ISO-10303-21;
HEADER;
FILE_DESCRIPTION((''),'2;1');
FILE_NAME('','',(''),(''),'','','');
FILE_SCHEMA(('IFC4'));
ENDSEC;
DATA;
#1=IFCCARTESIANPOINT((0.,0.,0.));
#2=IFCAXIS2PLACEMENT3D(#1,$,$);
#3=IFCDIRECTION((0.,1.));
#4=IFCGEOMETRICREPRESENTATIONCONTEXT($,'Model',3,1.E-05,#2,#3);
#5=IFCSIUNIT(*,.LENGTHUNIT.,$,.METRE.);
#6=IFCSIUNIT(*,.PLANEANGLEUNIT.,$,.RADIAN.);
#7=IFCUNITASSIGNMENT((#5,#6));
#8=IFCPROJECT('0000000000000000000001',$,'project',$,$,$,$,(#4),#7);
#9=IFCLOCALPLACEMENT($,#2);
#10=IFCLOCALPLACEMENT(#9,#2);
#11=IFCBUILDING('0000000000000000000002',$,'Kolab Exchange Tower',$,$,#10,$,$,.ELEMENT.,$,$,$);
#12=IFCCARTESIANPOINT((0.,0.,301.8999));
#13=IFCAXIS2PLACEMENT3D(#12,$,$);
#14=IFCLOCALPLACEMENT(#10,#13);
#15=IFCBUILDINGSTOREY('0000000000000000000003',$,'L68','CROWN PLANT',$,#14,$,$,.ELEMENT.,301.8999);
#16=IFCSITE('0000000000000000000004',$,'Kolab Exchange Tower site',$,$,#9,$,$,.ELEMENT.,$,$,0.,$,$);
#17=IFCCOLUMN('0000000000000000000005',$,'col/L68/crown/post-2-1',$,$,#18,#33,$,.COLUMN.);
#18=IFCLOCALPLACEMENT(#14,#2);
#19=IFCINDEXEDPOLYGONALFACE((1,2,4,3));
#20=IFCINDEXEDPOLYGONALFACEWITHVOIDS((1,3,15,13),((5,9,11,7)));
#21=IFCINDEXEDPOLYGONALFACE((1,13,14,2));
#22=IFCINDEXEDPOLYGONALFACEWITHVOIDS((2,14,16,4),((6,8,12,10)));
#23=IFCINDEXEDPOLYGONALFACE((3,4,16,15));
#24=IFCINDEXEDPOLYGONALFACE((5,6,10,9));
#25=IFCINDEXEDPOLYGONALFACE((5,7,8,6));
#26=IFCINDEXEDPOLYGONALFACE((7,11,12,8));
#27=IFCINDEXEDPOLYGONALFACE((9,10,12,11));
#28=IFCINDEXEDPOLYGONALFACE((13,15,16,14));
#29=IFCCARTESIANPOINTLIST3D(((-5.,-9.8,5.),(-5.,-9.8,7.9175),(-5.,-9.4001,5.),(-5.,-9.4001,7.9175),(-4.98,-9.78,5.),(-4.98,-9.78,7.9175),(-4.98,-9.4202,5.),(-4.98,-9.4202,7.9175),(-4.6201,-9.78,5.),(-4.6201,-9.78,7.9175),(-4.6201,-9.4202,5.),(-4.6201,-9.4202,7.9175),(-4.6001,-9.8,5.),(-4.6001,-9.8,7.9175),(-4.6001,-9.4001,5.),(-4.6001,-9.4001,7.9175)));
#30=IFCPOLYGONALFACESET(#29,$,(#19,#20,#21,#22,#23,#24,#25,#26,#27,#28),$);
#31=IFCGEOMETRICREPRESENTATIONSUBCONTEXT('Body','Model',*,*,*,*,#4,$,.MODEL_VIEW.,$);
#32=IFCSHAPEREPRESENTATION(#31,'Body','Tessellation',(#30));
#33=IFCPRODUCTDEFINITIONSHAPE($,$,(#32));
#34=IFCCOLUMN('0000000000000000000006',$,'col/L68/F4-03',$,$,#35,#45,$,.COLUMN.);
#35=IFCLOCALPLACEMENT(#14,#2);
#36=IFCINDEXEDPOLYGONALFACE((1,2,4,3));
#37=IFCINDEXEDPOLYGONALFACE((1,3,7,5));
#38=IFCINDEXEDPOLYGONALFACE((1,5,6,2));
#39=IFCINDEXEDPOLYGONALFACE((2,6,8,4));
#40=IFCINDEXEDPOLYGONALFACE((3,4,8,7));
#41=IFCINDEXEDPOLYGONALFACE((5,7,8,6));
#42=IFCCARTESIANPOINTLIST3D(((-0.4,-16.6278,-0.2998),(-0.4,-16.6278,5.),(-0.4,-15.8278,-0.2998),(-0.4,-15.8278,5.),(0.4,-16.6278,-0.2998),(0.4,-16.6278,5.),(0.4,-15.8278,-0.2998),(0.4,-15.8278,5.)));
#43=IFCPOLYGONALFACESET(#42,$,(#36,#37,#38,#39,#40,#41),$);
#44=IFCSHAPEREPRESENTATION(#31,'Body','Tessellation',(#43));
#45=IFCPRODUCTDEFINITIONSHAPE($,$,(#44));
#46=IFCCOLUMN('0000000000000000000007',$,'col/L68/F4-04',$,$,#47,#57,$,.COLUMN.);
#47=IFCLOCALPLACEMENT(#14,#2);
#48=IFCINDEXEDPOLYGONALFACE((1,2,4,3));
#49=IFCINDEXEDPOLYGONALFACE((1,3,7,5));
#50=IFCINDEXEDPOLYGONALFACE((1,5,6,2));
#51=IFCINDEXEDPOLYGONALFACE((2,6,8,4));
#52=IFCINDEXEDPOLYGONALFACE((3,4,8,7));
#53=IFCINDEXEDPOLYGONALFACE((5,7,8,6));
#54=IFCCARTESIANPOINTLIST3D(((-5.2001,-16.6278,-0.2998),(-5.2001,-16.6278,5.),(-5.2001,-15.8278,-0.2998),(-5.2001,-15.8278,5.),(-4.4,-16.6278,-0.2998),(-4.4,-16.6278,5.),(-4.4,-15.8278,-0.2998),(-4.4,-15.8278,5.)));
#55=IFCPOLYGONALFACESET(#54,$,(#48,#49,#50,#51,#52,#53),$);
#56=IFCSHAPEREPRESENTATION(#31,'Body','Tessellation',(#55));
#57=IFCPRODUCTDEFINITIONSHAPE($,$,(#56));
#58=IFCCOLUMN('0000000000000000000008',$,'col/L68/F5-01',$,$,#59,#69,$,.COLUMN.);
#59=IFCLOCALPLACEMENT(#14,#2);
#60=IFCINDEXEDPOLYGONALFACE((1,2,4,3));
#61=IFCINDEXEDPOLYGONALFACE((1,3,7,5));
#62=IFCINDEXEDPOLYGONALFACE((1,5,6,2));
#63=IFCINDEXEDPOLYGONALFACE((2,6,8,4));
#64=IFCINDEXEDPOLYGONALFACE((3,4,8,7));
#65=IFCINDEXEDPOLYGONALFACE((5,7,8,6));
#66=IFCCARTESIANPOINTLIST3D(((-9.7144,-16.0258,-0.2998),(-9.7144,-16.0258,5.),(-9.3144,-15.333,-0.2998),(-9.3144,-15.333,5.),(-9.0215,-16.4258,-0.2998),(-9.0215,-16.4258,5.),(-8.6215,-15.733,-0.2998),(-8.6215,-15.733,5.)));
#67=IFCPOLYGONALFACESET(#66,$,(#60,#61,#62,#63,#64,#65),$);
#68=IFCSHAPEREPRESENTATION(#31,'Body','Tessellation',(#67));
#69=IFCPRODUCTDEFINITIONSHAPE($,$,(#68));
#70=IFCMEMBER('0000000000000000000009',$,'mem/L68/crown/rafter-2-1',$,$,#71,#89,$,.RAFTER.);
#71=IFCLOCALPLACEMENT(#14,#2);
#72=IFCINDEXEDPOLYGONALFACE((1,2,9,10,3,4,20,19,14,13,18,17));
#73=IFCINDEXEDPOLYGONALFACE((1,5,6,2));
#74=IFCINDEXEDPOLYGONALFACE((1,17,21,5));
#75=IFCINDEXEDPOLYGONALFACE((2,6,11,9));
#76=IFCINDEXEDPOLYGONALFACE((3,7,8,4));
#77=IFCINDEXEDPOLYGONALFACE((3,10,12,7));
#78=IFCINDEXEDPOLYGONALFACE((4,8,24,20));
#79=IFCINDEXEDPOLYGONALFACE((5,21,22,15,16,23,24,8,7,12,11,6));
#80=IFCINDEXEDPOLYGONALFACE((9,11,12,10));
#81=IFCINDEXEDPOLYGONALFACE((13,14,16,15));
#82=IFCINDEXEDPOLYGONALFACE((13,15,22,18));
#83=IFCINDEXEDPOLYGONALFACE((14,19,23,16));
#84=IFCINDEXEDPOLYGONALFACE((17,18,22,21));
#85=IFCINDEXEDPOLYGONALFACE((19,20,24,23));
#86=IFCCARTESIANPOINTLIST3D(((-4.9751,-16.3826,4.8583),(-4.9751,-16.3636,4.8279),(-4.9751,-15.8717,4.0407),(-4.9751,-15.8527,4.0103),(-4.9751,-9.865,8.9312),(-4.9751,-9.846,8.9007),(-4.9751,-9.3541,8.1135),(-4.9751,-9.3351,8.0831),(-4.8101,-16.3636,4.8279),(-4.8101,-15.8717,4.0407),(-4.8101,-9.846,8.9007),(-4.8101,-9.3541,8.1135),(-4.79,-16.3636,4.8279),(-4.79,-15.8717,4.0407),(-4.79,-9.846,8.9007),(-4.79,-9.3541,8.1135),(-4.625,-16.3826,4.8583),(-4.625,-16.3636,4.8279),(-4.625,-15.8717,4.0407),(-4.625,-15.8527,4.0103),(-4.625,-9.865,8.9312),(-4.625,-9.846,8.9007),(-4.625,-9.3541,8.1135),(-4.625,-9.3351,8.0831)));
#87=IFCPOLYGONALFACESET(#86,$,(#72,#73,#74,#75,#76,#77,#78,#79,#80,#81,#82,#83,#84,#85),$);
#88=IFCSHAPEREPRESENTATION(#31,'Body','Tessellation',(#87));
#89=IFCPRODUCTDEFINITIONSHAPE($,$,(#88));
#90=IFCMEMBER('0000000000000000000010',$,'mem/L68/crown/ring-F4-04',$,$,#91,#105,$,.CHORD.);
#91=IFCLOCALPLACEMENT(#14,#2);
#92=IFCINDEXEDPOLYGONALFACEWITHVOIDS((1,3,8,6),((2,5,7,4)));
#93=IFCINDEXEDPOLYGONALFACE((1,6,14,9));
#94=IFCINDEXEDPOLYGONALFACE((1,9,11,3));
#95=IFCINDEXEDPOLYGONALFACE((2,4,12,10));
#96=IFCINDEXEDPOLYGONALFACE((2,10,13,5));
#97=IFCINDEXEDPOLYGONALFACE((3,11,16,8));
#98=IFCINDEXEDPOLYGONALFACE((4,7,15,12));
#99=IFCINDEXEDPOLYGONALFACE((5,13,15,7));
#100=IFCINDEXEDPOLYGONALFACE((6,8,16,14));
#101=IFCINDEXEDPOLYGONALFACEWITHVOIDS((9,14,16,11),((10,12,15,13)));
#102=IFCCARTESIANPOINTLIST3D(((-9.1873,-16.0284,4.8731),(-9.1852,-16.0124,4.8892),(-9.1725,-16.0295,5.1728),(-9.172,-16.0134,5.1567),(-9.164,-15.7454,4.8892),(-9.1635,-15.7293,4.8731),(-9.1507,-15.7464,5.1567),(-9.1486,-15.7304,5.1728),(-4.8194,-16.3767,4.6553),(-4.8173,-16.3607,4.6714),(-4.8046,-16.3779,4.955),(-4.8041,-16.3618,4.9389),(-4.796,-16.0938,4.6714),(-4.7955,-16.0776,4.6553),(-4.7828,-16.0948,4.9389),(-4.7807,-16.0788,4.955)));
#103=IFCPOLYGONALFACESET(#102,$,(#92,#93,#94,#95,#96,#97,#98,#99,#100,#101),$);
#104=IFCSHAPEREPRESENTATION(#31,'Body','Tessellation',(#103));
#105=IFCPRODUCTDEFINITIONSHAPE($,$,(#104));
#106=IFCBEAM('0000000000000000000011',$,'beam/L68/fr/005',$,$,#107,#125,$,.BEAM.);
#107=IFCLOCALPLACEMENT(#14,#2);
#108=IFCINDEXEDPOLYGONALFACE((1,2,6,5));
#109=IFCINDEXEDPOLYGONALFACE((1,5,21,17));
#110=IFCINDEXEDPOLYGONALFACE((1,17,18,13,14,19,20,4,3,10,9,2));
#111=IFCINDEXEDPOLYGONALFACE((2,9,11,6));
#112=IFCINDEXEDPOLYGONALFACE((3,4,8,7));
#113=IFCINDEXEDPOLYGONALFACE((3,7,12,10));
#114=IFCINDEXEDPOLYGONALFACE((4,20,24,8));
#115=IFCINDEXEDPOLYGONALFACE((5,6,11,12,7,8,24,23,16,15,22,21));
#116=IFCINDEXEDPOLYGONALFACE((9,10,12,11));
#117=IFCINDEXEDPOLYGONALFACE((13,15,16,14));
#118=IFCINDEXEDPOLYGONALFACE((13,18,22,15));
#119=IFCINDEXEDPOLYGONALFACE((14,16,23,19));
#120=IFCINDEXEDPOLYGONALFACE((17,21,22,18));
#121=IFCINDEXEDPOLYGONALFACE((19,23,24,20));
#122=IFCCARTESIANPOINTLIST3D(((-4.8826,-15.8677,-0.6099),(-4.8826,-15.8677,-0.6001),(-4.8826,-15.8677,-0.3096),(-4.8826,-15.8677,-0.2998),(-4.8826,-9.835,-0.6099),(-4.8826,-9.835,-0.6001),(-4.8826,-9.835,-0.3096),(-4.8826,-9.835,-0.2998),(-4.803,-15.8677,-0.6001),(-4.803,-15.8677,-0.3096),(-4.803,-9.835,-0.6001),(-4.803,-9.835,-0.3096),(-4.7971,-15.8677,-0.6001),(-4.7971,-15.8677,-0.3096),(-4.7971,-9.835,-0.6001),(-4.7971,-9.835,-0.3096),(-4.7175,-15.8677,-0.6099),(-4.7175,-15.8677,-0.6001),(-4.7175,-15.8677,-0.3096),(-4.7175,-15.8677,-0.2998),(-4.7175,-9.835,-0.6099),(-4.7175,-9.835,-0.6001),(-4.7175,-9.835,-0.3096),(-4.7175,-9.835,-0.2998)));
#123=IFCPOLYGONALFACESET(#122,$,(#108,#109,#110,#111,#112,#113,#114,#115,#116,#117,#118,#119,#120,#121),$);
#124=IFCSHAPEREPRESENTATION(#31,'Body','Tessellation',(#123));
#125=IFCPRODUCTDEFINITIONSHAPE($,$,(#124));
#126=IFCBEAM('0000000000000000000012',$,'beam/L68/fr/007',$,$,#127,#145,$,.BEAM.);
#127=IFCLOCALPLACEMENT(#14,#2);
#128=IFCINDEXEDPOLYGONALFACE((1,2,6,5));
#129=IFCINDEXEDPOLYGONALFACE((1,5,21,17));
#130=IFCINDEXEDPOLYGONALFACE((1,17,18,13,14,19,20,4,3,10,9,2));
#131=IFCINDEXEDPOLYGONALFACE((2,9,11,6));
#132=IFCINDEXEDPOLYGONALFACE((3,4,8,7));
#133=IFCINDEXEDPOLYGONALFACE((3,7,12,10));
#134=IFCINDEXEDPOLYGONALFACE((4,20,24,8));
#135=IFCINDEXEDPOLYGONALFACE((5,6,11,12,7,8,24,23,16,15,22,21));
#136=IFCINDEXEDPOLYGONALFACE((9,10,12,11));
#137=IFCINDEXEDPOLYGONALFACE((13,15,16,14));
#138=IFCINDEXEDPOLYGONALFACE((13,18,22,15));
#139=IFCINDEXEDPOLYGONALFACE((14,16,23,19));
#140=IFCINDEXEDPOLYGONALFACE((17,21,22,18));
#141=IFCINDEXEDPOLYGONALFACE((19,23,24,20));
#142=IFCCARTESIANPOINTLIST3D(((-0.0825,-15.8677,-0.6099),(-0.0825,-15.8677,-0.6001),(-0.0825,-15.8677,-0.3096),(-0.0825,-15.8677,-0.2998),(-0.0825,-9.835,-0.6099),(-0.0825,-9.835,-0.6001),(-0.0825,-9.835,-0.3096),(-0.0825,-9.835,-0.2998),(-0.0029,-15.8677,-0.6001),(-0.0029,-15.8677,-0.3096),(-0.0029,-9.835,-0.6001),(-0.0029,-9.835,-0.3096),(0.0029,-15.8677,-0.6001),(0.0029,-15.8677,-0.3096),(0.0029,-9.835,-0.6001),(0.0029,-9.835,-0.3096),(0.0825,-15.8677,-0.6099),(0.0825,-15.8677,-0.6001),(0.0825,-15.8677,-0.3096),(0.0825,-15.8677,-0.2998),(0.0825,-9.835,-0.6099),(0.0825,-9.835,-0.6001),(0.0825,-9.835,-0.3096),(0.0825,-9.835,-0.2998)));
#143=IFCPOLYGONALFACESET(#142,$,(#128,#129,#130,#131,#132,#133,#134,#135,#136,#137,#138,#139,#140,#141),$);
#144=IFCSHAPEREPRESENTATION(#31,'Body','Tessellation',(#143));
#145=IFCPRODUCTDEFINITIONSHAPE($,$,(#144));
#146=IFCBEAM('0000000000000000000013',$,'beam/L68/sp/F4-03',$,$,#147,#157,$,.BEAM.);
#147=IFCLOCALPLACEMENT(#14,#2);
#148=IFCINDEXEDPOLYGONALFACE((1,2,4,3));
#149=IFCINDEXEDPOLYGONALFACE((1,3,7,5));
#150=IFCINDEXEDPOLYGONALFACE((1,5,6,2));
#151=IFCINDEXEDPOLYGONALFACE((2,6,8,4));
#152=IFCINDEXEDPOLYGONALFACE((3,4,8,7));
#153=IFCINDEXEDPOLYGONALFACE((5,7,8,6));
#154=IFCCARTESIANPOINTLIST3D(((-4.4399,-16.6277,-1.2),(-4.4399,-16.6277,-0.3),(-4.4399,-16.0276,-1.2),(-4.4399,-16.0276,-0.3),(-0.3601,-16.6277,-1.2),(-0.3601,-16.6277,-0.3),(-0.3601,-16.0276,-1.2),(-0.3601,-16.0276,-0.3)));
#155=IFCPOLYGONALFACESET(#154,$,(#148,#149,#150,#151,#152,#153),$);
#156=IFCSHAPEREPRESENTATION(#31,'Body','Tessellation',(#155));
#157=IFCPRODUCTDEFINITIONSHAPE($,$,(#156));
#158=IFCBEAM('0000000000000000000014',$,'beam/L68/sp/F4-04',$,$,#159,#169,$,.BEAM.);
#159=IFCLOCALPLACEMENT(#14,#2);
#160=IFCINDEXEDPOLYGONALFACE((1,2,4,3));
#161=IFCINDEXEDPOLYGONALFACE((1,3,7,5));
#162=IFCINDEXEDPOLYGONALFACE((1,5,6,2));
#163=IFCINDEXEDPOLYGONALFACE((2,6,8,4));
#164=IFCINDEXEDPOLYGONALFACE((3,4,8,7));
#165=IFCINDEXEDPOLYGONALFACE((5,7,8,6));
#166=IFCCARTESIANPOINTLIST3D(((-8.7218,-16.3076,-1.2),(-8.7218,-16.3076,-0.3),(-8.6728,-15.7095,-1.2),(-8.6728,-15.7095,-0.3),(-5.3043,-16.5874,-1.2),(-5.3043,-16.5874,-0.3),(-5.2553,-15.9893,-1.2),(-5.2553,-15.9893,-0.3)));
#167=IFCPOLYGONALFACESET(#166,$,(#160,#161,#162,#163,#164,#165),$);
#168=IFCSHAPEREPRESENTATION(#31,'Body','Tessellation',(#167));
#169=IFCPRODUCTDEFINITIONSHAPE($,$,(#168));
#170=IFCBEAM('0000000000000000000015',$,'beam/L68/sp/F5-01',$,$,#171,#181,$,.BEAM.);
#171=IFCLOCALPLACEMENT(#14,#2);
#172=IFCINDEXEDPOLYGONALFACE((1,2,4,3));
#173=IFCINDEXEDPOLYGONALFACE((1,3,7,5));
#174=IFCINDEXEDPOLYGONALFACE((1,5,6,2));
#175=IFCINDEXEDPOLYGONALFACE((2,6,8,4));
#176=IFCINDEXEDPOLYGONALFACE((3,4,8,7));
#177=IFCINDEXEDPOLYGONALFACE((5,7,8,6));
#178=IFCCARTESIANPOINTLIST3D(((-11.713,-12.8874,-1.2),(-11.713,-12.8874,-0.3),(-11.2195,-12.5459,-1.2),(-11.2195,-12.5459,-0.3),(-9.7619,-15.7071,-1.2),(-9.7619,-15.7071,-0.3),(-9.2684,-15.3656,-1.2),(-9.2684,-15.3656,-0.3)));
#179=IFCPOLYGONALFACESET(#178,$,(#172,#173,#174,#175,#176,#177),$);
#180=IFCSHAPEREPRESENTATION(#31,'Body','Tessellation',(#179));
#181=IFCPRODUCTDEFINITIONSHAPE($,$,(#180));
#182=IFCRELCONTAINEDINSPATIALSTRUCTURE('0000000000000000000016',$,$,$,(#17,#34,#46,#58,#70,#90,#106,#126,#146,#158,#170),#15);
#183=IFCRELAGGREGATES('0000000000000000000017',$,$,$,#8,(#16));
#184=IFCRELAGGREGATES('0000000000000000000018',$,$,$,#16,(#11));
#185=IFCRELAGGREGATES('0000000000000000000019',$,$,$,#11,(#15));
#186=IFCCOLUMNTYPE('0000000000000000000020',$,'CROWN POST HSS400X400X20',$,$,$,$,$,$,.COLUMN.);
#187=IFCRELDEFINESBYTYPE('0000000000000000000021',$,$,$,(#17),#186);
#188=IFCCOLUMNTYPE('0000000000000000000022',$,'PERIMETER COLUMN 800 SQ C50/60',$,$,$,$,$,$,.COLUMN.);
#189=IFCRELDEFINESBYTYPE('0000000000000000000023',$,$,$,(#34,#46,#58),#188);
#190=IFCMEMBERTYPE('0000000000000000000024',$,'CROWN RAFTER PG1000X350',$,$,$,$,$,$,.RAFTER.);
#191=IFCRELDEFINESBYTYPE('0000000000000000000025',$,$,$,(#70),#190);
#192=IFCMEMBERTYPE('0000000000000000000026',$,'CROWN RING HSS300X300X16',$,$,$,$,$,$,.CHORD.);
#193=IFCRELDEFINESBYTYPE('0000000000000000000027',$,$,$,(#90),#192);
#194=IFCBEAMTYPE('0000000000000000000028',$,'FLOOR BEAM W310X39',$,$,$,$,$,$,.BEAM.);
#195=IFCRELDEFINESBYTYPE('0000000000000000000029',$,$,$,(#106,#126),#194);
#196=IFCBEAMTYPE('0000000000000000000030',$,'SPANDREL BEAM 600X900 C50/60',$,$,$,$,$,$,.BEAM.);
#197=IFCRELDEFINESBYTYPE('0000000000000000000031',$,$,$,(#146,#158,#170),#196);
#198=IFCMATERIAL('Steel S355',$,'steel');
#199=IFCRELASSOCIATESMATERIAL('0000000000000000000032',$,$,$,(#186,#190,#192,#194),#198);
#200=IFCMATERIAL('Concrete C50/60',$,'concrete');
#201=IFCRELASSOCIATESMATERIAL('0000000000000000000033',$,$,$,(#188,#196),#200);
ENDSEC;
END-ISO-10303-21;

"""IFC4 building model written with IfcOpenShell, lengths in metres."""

from ifc_helpers import new_model, si_unit, direction, frame, origin, origin_2d, place, context, subcontext, project, spatial, rectangle, hollow_rectangle, i_section, extrude, material, material_profile, profile_set, type_object, element, save


model = new_model("IFC4")

# Units and contexts
model_context = context("Model", 3, precision=1e-05, world=origin(), true_north=direction((0.0, 1.0)))
body_context = subcontext(model_context, "Body", "Model", "MODEL_VIEW")
ifc_project = project(units=[si_unit("LENGTHUNIT", "METRE"), si_unit("PLANEANGLEUNIT", "RADIAN")], contexts=[model_context])

# Site, building, storey
site_placement = place(None, origin())
site = spatial("IfcSite", under=ifc_project, at=site_placement, Name="Kolab Exchange Tower site", CompositionType="ELEMENT", RefElevation=0.0)
building_placement = place(site_placement, origin())
building = spatial("IfcBuilding", under=site, at=building_placement, Name="Kolab Exchange Tower", CompositionType="ELEMENT")
storey_placement = place(building_placement, frame((0.0, 0.0, 301.8999)))
storey = spatial("IfcBuildingStorey", under=building, at=storey_placement, Name="L68", Description="CROWN PLANT", CompositionType="ELEMENT", Elevation=301.8999)

# Columns
ifc_material_1 = material(Name="Steel S355", Category="steel")
ifc_material_profile_1 = material_profile(ifc_material_1, hollow_rectangle(XDim=0.3999, YDim=0.3999, WallThickness=0.02, at=origin_2d()), Name="HSS400X400X20")
ifc_profile_set_1 = profile_set([ifc_material_profile_1], Name="Steel S355")
column_type_1 = type_object("IfcColumnType", Name="CROWN POST HSS400X400X20", PredefinedType="COLUMN", material=ifc_profile_set_1)
column_placement = place(storey_placement, frame((-4.8, -9.6001, 5.0), z_axis=(0.0, 0.0, 1.0), x_axis=(1.0, 0.0, 0.0)))
element("IfcColumn", 1, at=column_placement, inside=storey, type_object=column_type_1, Name="col/L68/crown/post-2-1", PredefinedType="COLUMN", context=body_context, shape_type="SweptSolid", body=[
    extrude(hollow_rectangle(XDim=0.3999, YDim=0.3999, WallThickness=0.02, at=origin_2d()), origin(), (0.0, 0.0, 1.0), 2.9175),
])
ifc_material_2 = material(Name="Concrete C50/60", Category="concrete")
ifc_material_profile_2 = material_profile(ifc_material_2, rectangle(XDim=0.8, YDim=0.8, at=origin_2d()), Name="RC800")
ifc_profile_set_2 = profile_set([ifc_material_profile_2], Name="Concrete C50/60")
column_type_2 = type_object("IfcColumnType", Name="PERIMETER COLUMN 800 SQ C50/60", PredefinedType="COLUMN", material=ifc_profile_set_2)
for number, where, z_axis, x_axis, name in (
    (2, (0.0, -16.2278, -0.2998), (0.0, 0.0, 1.0), (1.0, 0.0, 0.0), "col/L68/F4-03"),
    (3, (-4.8, -16.2278, -0.2998), (0.0, 0.0, 1.0), (1.0, 0.0, 0.0), "col/L68/F4-04"),
    (4, (-9.168, -15.8794, -0.2998), (0.0, 0.0, 1.0), (0.5, 0.866025, 0.0), "col/L68/F5-01"),
):
    element("IfcColumn", number, at=place(storey_placement, frame(where, z_axis=z_axis, x_axis=x_axis)), inside=storey, type_object=column_type_2, Name=name, PredefinedType="COLUMN", context=body_context, shape_type="SweptSolid", body=[
        extrude(rectangle(XDim=0.8, YDim=0.8, at=origin_2d()), origin(), (0.0, 0.0, 1.0), 5.2998),
    ])

# Members
ifc_material_profile_3 = material_profile(ifc_material_1, i_section(OverallWidth=0.3501, OverallDepth=1.0, WebThickness=0.02, FlangeThickness=0.0359, at=origin_2d()), Name="PG1000X350")
ifc_profile_set_3 = profile_set([ifc_material_profile_3], Name="Steel S355")
member_type_1 = type_object("IfcMemberType", Name="CROWN RAFTER PG1000X350", PredefinedType="RAFTER", material=ifc_profile_set_3)
member_1_placement = place(storey_placement, frame((-4.8, -16.1177, 4.4343), z_axis=(0.0, 0.848041, 0.52993), x_axis=(-1.0, 0.0, 0.0)))
element("IfcMember", 5, at=member_1_placement, inside=storey, type_object=member_type_1, Name="mem/L68/crown/rafter-2-1", PredefinedType="RAFTER", context=body_context, shape_type="SweptSolid", body=[
    extrude(i_section(OverallWidth=0.3501, OverallDepth=1.0, WebThickness=0.02, FlangeThickness=0.0359, at=origin_2d()), origin(), (0.0, 0.0, 1.0), 7.6855),
])
ifc_material_profile_4 = material_profile(ifc_material_1, hollow_rectangle(XDim=0.3, YDim=0.3, WallThickness=0.0161, at=origin_2d()), Name="HSS300X300X16")
ifc_profile_set_4 = profile_set([ifc_material_profile_4], Name="Steel S355")
member_type_2 = type_object("IfcMemberType", Name="CROWN RING HSS300X300X16", PredefinedType="CHORD", material=ifc_profile_set_4)
member_2_placement = place(storey_placement, frame((-4.8, -16.2278, 4.8052), z_axis=(-0.995605, 0.07941, 0.049638), x_axis=(-0.079508, -0.996834, 0.0)))
element("IfcMember", 6, at=member_2_placement, inside=storey, type_object=member_type_2, Name="mem/L68/crown/ring-F4-04", PredefinedType="CHORD", context=body_context, shape_type="SweptSolid", body=[
    extrude(hollow_rectangle(XDim=0.3, YDim=0.3, WallThickness=0.0161, at=origin_2d()), origin(), (0.0, 0.0, 1.0), 4.3872),
])

# Beams
ifc_material_profile_5 = material_profile(ifc_material_1, i_section(OverallWidth=0.165, OverallDepth=0.3101, WebThickness=0.0059, FlangeThickness=0.0098, at=origin_2d()), Name="W310X39")
ifc_profile_set_5 = profile_set([ifc_material_profile_5], Name="Steel S355")
beam_type_1 = type_object("IfcBeamType", Name="FLOOR BEAM W310X39", PredefinedType="BEAM", material=ifc_profile_set_5)
for number, where, z_axis, x_axis, name in (
    (7, (-4.8, -15.8677, -0.4548), (0.0, 1.0, 0.0), (-1.0, 0.0, 0.0), "beam/L68/fr/005"),
    (8, (0.0, -15.8677, -0.4548), (0.0, 1.0, 0.0), (-1.0, 0.0, 0.0), "beam/L68/fr/007"),
):
    element("IfcBeam", number, at=place(storey_placement, frame(where, z_axis=z_axis, x_axis=x_axis)), inside=storey, type_object=beam_type_1, Name=name, PredefinedType="BEAM", context=body_context, shape_type="SweptSolid", body=[
        extrude(i_section(OverallWidth=0.165, OverallDepth=0.3101, WebThickness=0.0059, FlangeThickness=0.0098, at=origin_2d()), origin(), (0.0, 0.0, 1.0), 6.0327),
    ])
ifc_material_profile_6 = material_profile(ifc_material_2, rectangle(XDim=0.6001, YDim=0.8999, at=origin_2d()), Name="RC600X900")
ifc_profile_set_6 = profile_set([ifc_material_profile_6], Name="Concrete C50/60")
beam_type_2 = type_object("IfcBeamType", Name="SPANDREL BEAM 600X900 C50/60", PredefinedType="BEAM", material=ifc_profile_set_6)
beam_placement = place(storey_placement, frame((-0.3601, -16.3276, -0.75), z_axis=(-1.0, 0.0, 0.0), x_axis=(0.0, -1.0, 0.0)))
element("IfcBeam", 9, at=beam_placement, inside=storey, type_object=beam_type_2, Name="beam/L68/sp/F4-03", PredefinedType="BEAM", context=body_context, shape_type="SweptSolid", body=[
    extrude(rectangle(XDim=0.6001, YDim=0.8999, at=origin_2d()), origin(), (0.0, 0.0, 1.0), 4.0798),
])
for number, where, z_axis, x_axis, name in (
    (10, (-5.2798, -16.2883, -0.75), (-0.996665, 0.081596, 0.0), (-0.081596, -0.996665, 0.0), "beam/L68/sp/F4-04"),
    (11, (-9.5151, -15.5364, -0.75), (-0.56901, 0.822331, 0.0), (-0.822331, -0.56901, 0.0), "beam/L68/sp/F5-01"),
):
    element("IfcBeam", number, at=place(storey_placement, frame(where, z_axis=z_axis, x_axis=x_axis)), inside=storey, type_object=beam_type_2, Name=name, PredefinedType="BEAM", context=body_context, shape_type="SweptSolid", body=[
        extrude(rectangle(XDim=0.6001, YDim=0.8999, at=origin_2d()), origin(), (0.0, 0.0, 1.0), 3.429),
    ])

save(model, "model.ifc")
